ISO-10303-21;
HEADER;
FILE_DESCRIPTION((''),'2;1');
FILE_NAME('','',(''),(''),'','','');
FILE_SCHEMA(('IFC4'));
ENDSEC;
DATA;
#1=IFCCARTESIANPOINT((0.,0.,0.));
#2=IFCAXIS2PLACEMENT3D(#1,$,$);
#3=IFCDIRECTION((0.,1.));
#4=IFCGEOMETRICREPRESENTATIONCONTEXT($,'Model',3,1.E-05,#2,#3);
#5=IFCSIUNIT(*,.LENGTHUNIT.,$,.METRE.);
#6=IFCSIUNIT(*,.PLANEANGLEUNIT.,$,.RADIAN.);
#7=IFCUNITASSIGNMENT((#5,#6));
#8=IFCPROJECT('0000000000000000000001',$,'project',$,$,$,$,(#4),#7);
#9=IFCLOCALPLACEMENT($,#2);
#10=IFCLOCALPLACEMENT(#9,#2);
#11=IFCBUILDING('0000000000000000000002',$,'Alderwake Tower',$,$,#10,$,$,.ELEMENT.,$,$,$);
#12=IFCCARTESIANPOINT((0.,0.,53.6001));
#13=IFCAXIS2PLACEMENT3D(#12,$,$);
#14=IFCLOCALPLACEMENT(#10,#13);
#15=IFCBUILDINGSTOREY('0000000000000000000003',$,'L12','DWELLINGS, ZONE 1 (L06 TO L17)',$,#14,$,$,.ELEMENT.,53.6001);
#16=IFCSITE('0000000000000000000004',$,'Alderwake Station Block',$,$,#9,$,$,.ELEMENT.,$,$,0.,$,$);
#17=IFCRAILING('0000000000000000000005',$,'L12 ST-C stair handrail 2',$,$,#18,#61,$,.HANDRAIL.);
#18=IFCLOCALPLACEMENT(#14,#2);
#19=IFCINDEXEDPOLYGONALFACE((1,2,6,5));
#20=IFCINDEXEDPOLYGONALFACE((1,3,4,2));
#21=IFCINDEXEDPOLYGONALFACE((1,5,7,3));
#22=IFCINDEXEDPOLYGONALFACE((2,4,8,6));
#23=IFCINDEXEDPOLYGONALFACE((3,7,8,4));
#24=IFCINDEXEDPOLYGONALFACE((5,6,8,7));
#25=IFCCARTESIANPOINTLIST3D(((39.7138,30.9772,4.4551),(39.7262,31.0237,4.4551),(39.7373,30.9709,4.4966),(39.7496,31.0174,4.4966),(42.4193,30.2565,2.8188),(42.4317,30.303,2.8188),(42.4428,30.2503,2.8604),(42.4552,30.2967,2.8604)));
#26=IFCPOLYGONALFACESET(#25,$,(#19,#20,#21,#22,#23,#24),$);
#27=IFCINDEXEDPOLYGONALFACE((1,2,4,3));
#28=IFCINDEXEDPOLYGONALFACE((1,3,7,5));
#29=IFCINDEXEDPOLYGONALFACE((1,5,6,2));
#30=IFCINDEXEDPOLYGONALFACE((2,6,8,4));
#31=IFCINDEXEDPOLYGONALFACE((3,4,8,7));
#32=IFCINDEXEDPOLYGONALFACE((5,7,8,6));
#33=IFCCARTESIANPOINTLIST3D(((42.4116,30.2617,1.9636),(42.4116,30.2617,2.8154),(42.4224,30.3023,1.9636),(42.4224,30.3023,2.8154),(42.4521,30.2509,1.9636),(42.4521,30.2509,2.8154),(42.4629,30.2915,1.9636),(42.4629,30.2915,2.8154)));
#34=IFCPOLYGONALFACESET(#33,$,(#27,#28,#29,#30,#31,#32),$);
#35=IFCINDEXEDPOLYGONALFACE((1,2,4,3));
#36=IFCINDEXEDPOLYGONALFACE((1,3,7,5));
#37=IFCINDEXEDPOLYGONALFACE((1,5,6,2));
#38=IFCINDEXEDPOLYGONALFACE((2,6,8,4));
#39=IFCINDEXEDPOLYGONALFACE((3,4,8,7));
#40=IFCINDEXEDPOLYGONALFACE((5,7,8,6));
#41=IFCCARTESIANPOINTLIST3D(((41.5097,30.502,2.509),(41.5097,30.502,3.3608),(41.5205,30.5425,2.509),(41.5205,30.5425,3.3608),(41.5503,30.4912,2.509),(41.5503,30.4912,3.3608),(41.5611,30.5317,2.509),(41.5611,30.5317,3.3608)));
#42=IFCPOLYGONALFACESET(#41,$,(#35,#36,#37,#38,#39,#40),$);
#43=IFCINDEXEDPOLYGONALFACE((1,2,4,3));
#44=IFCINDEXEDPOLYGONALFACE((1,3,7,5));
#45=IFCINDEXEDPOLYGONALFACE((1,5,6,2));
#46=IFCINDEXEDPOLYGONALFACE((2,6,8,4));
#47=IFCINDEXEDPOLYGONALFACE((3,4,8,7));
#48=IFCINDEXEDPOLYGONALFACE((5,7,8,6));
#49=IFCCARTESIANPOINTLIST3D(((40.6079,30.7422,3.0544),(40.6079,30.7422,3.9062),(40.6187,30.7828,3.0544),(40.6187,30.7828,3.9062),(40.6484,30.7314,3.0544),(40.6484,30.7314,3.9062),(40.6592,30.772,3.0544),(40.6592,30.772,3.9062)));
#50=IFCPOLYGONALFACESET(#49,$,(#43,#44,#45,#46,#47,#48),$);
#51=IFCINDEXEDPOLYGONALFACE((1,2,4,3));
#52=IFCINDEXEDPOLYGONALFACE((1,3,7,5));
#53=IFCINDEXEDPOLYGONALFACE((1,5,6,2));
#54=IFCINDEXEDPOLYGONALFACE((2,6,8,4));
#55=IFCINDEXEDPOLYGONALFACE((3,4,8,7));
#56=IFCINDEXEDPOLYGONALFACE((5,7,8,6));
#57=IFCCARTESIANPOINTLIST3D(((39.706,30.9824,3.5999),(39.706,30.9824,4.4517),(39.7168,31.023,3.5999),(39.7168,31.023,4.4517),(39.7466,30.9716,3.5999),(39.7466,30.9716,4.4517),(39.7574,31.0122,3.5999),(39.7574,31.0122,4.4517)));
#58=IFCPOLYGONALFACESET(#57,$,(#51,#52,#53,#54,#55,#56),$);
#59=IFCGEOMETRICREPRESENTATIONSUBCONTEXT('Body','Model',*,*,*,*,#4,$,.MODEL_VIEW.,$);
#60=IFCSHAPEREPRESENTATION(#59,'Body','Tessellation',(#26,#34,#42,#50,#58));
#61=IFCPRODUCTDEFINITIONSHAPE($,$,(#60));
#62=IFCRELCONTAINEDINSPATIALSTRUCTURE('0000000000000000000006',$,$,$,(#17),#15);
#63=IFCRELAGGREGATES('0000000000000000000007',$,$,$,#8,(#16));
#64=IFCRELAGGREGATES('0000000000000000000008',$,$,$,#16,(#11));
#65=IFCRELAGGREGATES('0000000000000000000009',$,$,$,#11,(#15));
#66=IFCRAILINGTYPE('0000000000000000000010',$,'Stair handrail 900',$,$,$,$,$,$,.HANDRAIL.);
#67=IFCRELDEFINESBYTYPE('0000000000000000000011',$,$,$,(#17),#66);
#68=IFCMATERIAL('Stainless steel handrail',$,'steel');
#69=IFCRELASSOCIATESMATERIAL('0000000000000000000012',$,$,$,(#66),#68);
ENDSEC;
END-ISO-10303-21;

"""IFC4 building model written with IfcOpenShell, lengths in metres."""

from ifc_helpers import new_model, si_unit, direction, frame, origin, origin_2d, place, context, subcontext, project, spatial, rectangle, extrude, material, type_object, element, save


model = new_model("IFC4")

# Units and contexts
model_context = context("Model", 3, precision=1e-05, world=origin(), true_north=direction((0.0, 1.0)))
body_context = subcontext(model_context, "Body", "Model", "MODEL_VIEW")
ifc_project = project(units=[si_unit("LENGTHUNIT", "METRE"), si_unit("PLANEANGLEUNIT", "RADIAN")], contexts=[model_context])

# Site, building, storey
site_placement = place(None, origin())
site = spatial("IfcSite", under=ifc_project, at=site_placement, Name="Alderwake Station Block", CompositionType="ELEMENT", RefElevation=0.0)
building_placement = place(site_placement, origin())
building = spatial("IfcBuilding", under=site, at=building_placement, Name="Alderwake Tower", CompositionType="ELEMENT")
storey_placement = place(building_placement, frame((0.0, 0.0, 53.6001)))
storey = spatial("IfcBuildingStorey", under=building, at=storey_placement, Name="L12", Description="DWELLINGS, ZONE 1 (L06 TO L17)", CompositionType="ELEMENT", Elevation=53.6001)

# Railing
ifc_material_1 = material(Name="Stainless steel handrail", Category="steel")
railing_type_1 = type_object("IfcRailingType", Name="Stair handrail 900", PredefinedType="HANDRAIL", material=ifc_material_1)
railing_1_placement = place(storey_placement, frame((42.4373, 30.2766, 1.9636)))
element("IfcRailing", 1, at=railing_1_placement, inside=storey, type_object=railing_type_1, Name="L12 ST-C stair handrail 2", PredefinedType="HANDRAIL", context=body_context, shape_type="SweptSolid", body=[
    extrude(rectangle(XDim=0.0481, YDim=0.0481, at=origin_2d()), frame((0.0, 0.0, 0.876), z_axis=(-0.834291, 0.222237, 0.504549), x_axis=(-0.257402, -0.966304, 0.0)), (0.0, 0.0, 1.0), 3.2429),
    extrude(rectangle(XDim=0.042, YDim=0.042, at=origin_2d()), frame((0.0, 0.0, 0.0), z_axis=(0.0, 0.0, 1.0), x_axis=(-0.966304, 0.257402, 0.0)), (0.0, 0.0, 1.0), 0.8518),
    extrude(rectangle(XDim=0.042, YDim=0.042, at=origin_2d()), frame((-0.9019, 0.2402, 0.5454), z_axis=(0.0, 0.0, 1.0), x_axis=(-0.966304, 0.257402, 0.0)), (0.0, 0.0, 1.0), 0.8518),
    extrude(rectangle(XDim=0.042, YDim=0.042, at=origin_2d()), frame((-1.8037, 0.4805, 1.0908), z_axis=(0.0, 0.0, 1.0), x_axis=(-0.966304, 0.257402, 0.0)), (0.0, 0.0, 1.0), 0.8518),
    extrude(rectangle(XDim=0.042, YDim=0.042, at=origin_2d()), frame((-2.7056, 0.7207, 1.6362), z_axis=(0.0, 0.0, 1.0), x_axis=(-0.966304, 0.257402, 0.0)), (0.0, 0.0, 1.0), 0.8518),
])

save(model, "model.ifc")
